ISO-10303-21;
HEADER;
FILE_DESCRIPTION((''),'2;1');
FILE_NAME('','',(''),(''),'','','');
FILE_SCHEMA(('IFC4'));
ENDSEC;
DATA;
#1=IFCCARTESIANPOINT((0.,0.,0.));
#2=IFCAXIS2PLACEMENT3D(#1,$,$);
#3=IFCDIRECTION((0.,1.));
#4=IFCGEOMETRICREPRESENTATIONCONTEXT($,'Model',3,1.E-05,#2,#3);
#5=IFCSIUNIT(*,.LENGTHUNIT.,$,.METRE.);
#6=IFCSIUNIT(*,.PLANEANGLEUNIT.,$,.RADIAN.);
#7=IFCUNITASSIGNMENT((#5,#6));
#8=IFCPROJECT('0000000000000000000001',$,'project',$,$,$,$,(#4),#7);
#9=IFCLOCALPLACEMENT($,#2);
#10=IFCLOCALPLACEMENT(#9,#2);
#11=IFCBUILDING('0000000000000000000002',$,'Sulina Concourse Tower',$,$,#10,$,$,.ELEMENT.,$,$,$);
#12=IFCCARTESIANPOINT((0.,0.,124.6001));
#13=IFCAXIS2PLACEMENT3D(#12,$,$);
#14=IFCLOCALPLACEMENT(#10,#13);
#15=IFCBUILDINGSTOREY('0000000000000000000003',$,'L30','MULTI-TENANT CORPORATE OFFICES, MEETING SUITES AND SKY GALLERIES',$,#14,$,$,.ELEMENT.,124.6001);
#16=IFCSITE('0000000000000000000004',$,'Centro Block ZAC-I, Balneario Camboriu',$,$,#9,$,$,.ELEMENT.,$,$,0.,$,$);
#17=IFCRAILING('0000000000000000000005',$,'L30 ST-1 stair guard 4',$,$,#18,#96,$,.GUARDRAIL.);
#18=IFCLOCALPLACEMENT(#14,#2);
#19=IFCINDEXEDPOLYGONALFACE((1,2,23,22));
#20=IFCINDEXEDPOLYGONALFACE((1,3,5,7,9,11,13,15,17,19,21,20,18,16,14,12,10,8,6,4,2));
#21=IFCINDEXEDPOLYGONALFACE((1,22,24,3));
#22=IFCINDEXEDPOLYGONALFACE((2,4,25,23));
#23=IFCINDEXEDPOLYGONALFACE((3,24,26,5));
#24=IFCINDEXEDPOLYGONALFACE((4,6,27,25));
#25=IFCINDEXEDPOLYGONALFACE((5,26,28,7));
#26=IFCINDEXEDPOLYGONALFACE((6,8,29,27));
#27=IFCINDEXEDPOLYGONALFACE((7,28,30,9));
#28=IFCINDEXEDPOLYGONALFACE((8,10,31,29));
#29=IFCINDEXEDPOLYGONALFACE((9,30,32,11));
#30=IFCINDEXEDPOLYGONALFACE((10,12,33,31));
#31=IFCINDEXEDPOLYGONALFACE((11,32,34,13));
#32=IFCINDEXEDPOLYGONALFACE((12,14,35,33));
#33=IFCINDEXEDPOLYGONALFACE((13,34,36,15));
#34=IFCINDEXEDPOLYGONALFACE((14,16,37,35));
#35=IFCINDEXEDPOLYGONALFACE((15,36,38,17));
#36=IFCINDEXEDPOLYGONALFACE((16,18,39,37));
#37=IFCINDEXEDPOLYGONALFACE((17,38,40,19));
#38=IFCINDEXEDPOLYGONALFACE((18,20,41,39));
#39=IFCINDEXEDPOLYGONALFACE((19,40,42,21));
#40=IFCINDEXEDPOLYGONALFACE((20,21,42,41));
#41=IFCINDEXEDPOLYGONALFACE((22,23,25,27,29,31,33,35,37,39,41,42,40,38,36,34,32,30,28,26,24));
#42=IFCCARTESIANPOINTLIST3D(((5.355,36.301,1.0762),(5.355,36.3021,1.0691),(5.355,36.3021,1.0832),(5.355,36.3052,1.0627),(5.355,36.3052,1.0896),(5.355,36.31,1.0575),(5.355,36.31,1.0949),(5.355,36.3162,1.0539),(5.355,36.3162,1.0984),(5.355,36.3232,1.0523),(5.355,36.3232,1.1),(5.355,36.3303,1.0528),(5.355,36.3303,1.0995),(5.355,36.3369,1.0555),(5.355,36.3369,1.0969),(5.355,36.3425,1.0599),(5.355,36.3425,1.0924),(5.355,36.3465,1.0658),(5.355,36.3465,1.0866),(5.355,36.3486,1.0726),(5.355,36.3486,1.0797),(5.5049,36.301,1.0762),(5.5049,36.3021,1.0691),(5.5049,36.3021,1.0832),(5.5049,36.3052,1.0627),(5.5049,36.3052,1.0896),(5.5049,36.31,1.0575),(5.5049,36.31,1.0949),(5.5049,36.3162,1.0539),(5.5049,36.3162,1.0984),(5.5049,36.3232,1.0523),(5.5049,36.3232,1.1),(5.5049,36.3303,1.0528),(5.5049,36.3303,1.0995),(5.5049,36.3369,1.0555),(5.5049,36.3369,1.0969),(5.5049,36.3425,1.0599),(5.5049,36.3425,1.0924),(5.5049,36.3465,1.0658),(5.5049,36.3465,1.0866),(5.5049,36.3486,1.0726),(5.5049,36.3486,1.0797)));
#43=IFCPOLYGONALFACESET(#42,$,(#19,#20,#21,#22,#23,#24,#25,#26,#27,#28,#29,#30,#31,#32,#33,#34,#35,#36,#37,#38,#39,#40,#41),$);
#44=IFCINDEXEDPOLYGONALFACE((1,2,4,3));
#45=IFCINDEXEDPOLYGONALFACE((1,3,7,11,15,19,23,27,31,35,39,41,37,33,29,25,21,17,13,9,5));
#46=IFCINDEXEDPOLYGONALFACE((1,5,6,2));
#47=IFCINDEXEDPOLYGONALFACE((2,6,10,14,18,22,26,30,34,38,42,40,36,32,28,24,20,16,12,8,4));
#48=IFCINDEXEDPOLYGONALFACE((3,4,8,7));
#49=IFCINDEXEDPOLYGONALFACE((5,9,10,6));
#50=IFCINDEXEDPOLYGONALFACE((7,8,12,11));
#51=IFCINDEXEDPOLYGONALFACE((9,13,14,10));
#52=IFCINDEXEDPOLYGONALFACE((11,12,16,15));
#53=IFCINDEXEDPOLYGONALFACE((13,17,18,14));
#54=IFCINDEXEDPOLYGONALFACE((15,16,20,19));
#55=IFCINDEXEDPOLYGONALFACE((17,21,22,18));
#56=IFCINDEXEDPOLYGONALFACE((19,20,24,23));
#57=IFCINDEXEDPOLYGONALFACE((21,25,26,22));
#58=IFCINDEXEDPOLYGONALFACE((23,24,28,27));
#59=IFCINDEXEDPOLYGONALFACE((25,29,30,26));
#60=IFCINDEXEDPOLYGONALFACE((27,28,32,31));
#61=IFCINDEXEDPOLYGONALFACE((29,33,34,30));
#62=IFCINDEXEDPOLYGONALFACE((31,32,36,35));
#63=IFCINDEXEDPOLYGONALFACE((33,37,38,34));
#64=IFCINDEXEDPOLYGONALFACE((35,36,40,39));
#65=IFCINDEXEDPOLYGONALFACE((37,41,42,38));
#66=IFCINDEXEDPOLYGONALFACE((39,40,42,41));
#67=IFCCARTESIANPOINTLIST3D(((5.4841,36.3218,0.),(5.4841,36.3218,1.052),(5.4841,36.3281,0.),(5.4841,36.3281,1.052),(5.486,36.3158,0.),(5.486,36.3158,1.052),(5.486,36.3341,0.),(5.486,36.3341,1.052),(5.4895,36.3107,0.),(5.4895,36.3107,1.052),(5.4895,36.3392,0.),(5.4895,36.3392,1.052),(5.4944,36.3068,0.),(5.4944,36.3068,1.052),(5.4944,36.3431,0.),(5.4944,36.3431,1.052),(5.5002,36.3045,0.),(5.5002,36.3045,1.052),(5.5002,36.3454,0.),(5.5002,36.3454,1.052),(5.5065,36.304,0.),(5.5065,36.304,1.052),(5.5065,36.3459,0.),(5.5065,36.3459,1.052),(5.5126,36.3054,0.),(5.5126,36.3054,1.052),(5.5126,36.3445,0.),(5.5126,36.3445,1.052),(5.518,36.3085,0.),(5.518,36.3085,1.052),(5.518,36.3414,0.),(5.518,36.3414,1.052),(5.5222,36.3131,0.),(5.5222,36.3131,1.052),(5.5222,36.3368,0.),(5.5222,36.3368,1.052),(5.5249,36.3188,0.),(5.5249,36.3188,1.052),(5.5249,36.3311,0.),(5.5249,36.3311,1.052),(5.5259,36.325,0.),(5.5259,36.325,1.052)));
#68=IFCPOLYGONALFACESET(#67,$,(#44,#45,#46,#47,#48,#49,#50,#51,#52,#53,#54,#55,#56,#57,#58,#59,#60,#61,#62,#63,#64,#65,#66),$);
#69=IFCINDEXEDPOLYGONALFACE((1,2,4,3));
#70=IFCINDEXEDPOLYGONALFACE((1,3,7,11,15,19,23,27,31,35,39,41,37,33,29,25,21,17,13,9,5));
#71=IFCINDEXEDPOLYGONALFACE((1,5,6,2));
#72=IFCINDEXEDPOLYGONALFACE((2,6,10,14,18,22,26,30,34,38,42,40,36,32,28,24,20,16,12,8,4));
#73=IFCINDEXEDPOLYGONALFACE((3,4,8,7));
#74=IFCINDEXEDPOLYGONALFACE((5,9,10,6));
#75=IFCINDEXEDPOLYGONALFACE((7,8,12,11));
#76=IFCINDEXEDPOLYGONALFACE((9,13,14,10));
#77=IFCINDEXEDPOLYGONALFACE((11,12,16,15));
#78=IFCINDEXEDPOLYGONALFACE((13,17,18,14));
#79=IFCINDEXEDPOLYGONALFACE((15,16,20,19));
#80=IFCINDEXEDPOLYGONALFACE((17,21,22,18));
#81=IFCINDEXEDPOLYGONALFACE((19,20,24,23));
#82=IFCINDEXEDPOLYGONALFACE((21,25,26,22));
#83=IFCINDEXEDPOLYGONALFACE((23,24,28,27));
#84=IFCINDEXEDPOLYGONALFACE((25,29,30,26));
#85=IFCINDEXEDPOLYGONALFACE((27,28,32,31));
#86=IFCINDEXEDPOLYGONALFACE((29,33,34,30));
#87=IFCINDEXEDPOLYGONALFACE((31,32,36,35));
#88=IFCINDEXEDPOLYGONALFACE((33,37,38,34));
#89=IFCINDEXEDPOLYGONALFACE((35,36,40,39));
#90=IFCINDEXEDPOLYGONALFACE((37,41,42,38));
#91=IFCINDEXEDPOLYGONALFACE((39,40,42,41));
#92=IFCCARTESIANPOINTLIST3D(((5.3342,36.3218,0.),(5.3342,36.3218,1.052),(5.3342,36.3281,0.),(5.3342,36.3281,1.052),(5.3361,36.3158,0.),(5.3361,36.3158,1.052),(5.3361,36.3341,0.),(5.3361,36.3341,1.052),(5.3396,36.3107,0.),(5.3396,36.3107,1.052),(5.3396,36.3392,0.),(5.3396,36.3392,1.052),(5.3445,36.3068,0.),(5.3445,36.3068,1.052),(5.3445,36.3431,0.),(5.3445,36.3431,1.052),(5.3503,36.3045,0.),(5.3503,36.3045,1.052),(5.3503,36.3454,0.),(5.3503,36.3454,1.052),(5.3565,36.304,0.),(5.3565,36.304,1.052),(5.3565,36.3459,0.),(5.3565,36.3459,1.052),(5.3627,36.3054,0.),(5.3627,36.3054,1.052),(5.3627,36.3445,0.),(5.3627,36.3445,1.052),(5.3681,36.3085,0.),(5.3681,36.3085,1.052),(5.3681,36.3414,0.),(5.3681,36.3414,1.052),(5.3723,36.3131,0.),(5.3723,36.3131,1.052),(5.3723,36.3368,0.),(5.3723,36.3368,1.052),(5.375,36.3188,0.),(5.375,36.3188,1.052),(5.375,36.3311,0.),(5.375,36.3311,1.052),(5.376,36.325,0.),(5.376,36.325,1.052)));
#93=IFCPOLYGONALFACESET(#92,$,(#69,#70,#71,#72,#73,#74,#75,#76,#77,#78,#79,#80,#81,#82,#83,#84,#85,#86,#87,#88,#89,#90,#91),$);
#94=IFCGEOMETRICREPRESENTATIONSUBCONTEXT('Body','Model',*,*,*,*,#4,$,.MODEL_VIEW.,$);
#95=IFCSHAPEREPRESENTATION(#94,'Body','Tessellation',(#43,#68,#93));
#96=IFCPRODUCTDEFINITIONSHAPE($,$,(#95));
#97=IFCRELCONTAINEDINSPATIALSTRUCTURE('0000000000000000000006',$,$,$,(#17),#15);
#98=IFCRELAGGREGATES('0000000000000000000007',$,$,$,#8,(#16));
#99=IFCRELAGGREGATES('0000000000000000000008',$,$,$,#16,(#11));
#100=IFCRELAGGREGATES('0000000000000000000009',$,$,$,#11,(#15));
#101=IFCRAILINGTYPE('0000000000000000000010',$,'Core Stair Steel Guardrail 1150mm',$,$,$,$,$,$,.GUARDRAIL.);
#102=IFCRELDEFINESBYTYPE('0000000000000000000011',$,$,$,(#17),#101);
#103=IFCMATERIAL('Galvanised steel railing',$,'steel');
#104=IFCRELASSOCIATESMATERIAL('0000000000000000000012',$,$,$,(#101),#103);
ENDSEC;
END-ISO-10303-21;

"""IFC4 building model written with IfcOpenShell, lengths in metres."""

from ifc_helpers import new_model, si_unit, direction, frame, origin, origin_2d, place, context, subcontext, project, spatial, circle, extrude, material, type_object, element, save


model = new_model("IFC4")

# Units and contexts
model_context = context("Model", 3, precision=1e-05, world=origin(), true_north=direction((0.0, 1.0)))
body_context = subcontext(model_context, "Body", "Model", "MODEL_VIEW")
ifc_project = project(units=[si_unit("LENGTHUNIT", "METRE"), si_unit("PLANEANGLEUNIT", "RADIAN")], contexts=[model_context])

# Site, building, storey
site_placement = place(None, origin())
site = spatial("IfcSite", under=ifc_project, at=site_placement, Name="Centro Block ZAC-I, Balneario Camboriu", CompositionType="ELEMENT", RefElevation=0.0)
building_placement = place(site_placement, origin())
building = spatial("IfcBuilding", under=site, at=building_placement, Name="Sulina Concourse Tower", CompositionType="ELEMENT")
storey_placement = place(building_placement, frame((0.0, 0.0, 124.6001)))
storey = spatial("IfcBuildingStorey", under=building, at=storey_placement, Name="L30", Description="MULTI-TENANT CORPORATE OFFICES, MEETING SUITES AND SKY GALLERIES", CompositionType="ELEMENT", Elevation=124.6001)

# Railing
ifc_material_1 = material(Name="Galvanised steel railing", Category="steel")
railing_type_1 = type_object("IfcRailingType", Name="Core Stair Steel Guardrail 1150mm", PredefinedType="GUARDRAIL", material=ifc_material_1)
railing_1_placement = place(storey_placement, frame((5.5049, 36.325, 0.0)))
element("IfcRailing", 1, at=railing_1_placement, inside=storey, type_object=railing_type_1, Name="L30 ST-1 stair guard 4", PredefinedType="GUARDRAIL", context=body_context, shape_type="SweptSolid", body=[
    extrude(circle(Radius=0.0239, at=origin_2d()), frame((0.0, 0.0, 1.0762), z_axis=(-1.0, 0.0, 0.0), x_axis=(0.0, -1.0, 0.0)), (0.0, 0.0, 1.0), 0.1499),
    extrude(circle(Radius=0.021, at=origin_2d()), origin(), (0.0, 0.0, 1.0), 1.052),
    extrude(circle(Radius=0.021, at=origin_2d()), frame((-0.1499, 0.0, 0.0)), (0.0, 0.0, 1.0), 1.052),
])

save(model, "model.ifc")
